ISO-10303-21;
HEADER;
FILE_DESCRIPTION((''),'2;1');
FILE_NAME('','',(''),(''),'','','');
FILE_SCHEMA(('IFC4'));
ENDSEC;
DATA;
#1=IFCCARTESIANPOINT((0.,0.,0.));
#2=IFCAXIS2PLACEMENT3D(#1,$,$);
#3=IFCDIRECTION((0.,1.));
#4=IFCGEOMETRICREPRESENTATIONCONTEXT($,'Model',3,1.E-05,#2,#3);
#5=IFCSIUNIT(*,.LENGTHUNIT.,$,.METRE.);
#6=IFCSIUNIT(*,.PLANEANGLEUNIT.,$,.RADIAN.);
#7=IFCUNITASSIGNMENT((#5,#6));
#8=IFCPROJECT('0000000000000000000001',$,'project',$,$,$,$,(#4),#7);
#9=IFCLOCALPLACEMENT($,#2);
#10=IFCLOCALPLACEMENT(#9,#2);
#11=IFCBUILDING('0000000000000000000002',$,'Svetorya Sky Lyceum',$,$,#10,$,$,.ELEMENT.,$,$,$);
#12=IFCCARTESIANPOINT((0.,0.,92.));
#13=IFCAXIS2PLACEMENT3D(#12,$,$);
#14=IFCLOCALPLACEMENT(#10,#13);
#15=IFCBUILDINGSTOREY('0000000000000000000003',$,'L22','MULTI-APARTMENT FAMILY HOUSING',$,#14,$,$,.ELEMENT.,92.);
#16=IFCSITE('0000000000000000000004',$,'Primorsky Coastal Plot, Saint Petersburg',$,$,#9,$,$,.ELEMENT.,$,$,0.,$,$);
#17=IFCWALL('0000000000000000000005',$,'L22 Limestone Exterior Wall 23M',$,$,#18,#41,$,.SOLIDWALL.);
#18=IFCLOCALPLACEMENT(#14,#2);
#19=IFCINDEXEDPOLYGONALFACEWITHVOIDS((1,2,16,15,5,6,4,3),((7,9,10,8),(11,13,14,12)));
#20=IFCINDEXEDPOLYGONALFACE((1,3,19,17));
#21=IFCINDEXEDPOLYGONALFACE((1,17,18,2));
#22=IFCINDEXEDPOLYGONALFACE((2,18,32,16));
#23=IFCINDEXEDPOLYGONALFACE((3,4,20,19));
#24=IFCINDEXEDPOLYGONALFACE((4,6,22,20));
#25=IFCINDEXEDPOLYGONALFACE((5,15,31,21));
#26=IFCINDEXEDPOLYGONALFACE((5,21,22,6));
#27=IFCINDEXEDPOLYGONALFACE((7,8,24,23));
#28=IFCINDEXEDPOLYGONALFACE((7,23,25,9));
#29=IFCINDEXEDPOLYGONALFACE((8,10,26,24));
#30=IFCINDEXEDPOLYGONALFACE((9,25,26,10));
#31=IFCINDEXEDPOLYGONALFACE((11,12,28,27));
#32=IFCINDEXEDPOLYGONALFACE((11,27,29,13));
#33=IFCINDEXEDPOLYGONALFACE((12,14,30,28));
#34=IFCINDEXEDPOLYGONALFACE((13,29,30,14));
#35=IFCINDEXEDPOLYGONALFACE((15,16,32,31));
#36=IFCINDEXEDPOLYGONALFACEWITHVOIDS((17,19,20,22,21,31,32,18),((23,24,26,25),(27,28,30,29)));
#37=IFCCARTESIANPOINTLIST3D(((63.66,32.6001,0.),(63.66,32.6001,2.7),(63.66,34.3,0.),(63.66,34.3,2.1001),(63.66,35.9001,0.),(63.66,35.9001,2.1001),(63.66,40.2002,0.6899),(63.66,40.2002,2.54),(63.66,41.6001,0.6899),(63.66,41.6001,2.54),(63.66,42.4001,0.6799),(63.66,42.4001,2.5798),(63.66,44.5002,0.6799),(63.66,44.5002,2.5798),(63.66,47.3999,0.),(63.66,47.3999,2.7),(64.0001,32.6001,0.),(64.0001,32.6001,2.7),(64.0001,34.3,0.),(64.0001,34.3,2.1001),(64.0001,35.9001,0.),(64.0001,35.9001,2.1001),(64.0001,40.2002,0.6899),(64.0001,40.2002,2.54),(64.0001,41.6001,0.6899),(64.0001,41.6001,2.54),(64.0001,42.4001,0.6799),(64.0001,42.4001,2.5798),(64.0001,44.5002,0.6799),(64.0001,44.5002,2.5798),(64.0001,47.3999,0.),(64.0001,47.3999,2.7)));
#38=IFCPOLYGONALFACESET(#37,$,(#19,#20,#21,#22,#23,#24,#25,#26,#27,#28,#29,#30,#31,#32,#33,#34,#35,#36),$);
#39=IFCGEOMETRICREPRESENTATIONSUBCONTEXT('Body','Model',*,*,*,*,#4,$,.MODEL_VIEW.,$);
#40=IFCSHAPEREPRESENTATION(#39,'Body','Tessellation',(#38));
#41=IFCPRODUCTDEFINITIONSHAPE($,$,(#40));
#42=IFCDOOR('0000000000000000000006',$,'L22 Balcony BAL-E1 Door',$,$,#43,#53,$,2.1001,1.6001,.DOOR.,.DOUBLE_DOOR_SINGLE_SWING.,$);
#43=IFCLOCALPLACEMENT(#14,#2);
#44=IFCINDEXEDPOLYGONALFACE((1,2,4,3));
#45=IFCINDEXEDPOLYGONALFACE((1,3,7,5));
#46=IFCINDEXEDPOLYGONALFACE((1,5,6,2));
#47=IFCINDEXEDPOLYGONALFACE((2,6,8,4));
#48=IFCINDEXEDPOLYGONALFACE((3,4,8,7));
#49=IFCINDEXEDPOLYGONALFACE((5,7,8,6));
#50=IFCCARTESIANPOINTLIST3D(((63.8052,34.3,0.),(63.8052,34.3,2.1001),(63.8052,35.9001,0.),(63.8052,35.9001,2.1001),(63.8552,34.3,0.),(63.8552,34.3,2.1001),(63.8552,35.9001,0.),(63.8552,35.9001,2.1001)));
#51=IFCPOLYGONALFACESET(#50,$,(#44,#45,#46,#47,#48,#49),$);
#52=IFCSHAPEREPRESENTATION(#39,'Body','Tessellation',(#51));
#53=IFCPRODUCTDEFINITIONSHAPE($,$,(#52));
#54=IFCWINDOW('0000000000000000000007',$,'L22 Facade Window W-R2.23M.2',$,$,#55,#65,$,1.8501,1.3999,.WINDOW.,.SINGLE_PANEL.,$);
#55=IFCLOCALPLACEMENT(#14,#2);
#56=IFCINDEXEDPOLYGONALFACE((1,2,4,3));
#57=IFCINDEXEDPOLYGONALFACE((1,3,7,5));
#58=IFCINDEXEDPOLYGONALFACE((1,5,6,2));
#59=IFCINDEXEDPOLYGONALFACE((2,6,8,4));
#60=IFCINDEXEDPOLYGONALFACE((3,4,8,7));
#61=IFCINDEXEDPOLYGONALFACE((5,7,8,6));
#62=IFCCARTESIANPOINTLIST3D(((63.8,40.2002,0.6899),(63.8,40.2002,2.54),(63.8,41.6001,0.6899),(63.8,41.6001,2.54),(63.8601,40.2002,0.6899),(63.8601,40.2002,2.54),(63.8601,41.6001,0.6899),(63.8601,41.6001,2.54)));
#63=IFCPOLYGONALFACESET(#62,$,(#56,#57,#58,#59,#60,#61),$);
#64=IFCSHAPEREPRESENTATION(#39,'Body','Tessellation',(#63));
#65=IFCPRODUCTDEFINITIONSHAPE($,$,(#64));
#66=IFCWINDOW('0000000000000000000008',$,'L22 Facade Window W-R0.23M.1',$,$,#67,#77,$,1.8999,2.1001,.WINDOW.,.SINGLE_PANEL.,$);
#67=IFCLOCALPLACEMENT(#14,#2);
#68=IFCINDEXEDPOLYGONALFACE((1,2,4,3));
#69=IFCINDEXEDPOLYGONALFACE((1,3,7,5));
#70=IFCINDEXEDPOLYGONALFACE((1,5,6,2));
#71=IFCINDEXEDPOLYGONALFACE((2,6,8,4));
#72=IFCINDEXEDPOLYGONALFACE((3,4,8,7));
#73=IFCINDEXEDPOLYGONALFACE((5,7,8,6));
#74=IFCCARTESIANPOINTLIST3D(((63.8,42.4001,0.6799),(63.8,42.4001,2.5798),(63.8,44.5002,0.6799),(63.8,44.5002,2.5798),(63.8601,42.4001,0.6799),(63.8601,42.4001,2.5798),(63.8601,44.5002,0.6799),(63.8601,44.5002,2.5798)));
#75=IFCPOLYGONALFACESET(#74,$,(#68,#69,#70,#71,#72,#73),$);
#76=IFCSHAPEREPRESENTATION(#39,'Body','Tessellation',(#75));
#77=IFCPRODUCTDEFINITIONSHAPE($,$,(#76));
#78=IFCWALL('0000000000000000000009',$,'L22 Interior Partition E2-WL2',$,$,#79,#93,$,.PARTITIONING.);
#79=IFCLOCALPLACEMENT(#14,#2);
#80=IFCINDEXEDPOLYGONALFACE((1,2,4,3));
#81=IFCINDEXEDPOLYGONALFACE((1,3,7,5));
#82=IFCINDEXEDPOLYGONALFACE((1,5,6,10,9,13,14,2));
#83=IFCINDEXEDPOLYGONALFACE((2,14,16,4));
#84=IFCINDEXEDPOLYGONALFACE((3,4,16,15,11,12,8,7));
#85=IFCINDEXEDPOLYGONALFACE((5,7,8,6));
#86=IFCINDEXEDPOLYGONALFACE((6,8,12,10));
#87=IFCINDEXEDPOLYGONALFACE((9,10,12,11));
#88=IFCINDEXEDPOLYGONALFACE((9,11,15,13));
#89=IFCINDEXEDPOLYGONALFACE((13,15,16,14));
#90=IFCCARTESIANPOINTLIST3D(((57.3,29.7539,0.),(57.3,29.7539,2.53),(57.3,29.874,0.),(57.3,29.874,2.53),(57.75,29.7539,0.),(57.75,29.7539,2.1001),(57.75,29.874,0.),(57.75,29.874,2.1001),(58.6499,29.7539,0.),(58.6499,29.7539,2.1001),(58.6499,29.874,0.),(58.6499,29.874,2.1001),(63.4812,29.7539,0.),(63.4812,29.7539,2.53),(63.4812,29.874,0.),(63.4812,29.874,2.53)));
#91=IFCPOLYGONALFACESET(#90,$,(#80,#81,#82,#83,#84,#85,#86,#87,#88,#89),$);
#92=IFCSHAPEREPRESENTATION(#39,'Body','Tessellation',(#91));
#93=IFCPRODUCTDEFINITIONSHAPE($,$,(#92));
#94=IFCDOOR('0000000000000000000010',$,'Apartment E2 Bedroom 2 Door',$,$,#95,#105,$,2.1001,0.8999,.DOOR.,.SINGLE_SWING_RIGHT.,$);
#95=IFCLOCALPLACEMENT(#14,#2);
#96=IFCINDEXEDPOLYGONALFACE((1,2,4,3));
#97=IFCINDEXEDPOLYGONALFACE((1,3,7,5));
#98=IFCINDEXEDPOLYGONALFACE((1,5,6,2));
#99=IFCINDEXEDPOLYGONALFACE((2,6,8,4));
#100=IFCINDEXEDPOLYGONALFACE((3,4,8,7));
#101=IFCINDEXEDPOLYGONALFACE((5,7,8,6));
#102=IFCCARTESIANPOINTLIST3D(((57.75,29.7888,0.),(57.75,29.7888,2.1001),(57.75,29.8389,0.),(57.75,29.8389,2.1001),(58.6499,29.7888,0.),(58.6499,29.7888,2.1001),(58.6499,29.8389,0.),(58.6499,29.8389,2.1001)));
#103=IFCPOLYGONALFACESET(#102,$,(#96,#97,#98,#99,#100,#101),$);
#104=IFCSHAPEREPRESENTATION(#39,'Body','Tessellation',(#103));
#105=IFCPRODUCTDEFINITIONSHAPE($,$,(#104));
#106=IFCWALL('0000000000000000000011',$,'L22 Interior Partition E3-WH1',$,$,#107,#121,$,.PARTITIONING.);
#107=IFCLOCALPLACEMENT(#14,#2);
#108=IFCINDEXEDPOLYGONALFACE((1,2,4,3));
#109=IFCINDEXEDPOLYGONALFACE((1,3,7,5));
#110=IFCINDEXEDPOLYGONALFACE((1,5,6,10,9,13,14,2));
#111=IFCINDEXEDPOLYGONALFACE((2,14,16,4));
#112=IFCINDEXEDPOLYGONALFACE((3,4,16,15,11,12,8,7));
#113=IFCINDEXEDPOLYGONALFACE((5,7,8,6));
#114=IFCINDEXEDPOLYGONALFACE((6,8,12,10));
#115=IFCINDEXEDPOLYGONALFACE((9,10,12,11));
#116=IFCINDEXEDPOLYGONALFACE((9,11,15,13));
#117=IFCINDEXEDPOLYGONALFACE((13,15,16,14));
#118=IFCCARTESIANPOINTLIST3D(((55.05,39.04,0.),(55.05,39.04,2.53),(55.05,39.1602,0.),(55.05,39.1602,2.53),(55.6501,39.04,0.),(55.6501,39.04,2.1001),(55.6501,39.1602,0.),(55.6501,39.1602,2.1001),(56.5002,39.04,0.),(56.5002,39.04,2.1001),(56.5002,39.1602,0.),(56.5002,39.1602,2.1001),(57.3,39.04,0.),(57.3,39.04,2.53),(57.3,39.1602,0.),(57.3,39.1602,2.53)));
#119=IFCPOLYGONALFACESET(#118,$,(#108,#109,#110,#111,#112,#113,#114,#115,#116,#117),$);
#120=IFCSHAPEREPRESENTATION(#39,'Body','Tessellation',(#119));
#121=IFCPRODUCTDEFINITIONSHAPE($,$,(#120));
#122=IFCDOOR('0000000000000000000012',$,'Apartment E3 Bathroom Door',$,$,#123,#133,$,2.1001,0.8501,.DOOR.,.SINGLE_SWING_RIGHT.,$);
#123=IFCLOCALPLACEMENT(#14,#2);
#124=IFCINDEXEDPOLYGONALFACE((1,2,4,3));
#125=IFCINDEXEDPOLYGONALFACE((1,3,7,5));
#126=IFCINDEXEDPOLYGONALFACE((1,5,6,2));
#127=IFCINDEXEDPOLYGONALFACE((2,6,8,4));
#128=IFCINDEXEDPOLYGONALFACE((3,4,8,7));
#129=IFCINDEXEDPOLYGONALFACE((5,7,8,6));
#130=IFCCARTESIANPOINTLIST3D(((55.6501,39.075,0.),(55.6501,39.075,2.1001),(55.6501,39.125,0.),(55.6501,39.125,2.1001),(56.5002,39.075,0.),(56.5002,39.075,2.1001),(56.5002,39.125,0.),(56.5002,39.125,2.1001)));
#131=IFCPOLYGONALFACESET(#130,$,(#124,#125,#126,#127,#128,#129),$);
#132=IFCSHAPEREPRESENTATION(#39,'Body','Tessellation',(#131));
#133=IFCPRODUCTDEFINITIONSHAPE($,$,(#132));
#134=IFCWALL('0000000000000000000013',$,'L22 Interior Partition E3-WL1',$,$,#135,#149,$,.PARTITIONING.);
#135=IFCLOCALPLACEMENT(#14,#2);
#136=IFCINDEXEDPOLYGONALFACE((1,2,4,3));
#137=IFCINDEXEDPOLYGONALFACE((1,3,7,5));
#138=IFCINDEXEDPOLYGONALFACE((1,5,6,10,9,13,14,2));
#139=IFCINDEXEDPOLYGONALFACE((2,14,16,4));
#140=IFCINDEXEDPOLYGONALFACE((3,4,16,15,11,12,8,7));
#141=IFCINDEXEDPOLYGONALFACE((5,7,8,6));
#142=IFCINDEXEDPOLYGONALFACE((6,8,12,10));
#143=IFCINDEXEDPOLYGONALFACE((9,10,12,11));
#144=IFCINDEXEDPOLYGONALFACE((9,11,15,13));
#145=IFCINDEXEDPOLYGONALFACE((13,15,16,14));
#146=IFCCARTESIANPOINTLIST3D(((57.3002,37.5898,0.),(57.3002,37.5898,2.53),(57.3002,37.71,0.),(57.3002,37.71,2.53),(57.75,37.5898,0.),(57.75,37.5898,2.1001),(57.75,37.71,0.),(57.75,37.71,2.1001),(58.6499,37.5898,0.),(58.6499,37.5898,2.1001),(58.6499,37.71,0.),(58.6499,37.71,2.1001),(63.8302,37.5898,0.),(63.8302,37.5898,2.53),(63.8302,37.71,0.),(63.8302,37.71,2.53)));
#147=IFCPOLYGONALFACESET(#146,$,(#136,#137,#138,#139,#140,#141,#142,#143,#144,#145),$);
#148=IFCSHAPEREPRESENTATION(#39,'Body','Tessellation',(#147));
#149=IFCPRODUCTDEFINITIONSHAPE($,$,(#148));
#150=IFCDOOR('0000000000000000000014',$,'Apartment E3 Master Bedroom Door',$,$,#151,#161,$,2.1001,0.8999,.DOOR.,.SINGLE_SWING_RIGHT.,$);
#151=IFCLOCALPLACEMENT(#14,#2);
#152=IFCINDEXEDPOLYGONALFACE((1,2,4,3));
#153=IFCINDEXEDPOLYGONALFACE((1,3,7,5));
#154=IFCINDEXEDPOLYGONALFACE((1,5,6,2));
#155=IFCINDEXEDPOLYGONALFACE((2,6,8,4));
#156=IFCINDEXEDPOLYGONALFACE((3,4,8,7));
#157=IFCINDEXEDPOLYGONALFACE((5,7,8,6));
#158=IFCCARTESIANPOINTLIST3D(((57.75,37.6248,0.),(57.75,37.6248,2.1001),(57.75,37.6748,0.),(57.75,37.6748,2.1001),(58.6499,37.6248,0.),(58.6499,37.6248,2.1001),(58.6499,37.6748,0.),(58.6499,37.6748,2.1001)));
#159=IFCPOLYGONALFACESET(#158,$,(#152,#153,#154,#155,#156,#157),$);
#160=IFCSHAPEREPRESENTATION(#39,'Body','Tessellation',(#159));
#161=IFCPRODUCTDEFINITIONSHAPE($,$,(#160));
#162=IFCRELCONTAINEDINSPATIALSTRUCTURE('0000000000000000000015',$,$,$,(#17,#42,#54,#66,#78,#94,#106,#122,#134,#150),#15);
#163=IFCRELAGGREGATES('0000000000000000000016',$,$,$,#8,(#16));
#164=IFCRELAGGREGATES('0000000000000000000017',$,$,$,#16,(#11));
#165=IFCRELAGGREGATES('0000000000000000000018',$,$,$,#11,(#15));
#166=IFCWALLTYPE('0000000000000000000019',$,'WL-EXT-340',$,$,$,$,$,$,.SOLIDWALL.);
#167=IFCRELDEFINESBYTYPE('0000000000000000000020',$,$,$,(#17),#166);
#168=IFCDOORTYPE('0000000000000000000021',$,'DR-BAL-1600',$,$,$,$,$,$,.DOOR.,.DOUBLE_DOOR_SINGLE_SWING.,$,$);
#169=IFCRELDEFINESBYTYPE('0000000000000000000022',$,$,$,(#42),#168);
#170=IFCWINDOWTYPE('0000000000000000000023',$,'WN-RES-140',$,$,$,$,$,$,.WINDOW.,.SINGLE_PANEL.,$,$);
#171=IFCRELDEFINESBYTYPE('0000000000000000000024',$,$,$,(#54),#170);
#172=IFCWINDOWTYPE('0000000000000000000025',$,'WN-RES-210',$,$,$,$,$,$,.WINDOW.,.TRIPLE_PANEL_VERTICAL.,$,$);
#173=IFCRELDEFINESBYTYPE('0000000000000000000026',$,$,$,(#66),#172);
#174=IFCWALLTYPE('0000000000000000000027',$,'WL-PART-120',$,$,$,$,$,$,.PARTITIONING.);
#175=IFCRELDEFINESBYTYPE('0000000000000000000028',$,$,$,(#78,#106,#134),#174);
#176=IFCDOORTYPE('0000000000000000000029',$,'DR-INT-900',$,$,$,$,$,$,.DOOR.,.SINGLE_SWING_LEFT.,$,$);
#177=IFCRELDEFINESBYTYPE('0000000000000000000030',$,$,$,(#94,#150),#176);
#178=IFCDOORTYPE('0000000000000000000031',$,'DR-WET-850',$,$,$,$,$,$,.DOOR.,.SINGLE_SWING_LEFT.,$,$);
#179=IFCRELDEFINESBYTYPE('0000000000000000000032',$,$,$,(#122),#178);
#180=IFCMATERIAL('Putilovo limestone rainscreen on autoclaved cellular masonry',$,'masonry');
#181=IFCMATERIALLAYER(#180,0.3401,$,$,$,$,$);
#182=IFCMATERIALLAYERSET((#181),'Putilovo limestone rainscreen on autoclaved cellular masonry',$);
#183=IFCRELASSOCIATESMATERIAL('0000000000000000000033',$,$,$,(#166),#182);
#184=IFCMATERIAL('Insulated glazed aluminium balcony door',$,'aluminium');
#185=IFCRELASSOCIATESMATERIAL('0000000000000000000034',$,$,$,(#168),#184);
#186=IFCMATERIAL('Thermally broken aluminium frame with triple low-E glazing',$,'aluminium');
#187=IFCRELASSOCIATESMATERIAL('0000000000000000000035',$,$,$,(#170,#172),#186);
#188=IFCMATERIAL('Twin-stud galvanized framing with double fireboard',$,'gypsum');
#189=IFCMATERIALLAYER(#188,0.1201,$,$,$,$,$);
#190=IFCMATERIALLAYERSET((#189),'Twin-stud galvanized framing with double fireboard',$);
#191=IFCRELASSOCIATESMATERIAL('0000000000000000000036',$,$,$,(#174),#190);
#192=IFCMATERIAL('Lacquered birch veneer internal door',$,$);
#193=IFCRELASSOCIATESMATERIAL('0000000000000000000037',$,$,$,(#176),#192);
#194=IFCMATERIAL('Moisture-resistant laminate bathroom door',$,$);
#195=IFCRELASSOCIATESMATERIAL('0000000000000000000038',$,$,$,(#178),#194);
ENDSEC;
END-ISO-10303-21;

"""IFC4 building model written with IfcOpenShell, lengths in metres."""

from ifc_helpers import new_model, si_unit, direction, frame, frame_2d, origin, place, context, subcontext, project, spatial, rectangle, extrude, material, layer, layer_set, type_object, element, fill, save


model = new_model("IFC4")

# Units and contexts
model_context = context("Model", 3, precision=1e-05, world=origin(), true_north=direction((0.0, 1.0)))
body_context = subcontext(model_context, "Body", "Model", "MODEL_VIEW")
ifc_project = project(units=[si_unit("LENGTHUNIT", "METRE"), si_unit("PLANEANGLEUNIT", "RADIAN")], contexts=[model_context])

# Site, building, storey
site_placement = place(None, origin())
site = spatial("IfcSite", under=ifc_project, at=site_placement, Name="Primorsky Coastal Plot, Saint Petersburg", CompositionType="ELEMENT", RefElevation=0.0)
building_placement = place(site_placement, origin())
building = spatial("IfcBuilding", under=site, at=building_placement, Name="Svetorya Sky Lyceum", CompositionType="ELEMENT")
storey_placement = place(building_placement, frame((0.0, 0.0, 92.0)))
storey = spatial("IfcBuildingStorey", under=building, at=storey_placement, Name="L22", Description="MULTI-APARTMENT FAMILY HOUSING", CompositionType="ELEMENT", Elevation=92.0)

# Shared definitions
ifc_material_1 = material(Name="Putilovo limestone rainscreen on autoclaved cellular masonry", Category="masonry")
ifc_layer_1 = layer(ifc_material_1, 0.3401)
ifc_layer_set_1 = layer_set([ifc_layer_1], Name="Putilovo limestone rainscreen on autoclaved cellular masonry")
wall_type_1 = type_object("IfcWallType", Name="WL-EXT-340", PredefinedType="SOLIDWALL", material=ifc_layer_set_1)

# Shared definitions
ifc_material_2 = material(Name="Thermally broken aluminium frame with triple low-E glazing", Category="aluminium")

# Wall, openings, door, windows
wall_1_placement = place(storey_placement, frame((63.8301, 32.6001, 0.0), z_axis=(0.0, 0.0, 1.0), x_axis=(0.0, 1.0, 0.0)))
wall_1 = element("IfcWall", 1, at=wall_1_placement, inside=storey, type_object=wall_type_1, Name="L22 Limestone Exterior Wall 23M", PredefinedType="SOLIDWALL", context=body_context, shape_type="SweptSolid", body=[
    extrude(rectangle(XDim=14.7998, YDim=0.3401, at=frame_2d((7.3999, 0.0))), origin(), (0.0, 0.0, 1.0), 2.7),
])
opening_1_placement = place(wall_1_placement, frame((1.7, 0.0, 0.0)))
opening_1 = element("IfcOpeningElement", 2, at=opening_1_placement, cuts=wall_1, PredefinedType="OPENING", context=body_context, shape_type="SweptSolid", body=[
    extrude(rectangle(XDim=1.6001, YDim=2.1001, at=frame_2d((0.8, 1.05))), frame((0.0, 0.1799, 0.0), z_axis=(0.0, -1.0, 0.0), x_axis=(1.0, 0.0, 0.0)), (0.0, 0.0, 1.0), 0.3601),
])
opening_2_placement = place(wall_1_placement, frame((7.6001, 0.0, 0.6899)))
opening_2 = element("IfcOpeningElement", 3, at=opening_2_placement, cuts=wall_1, PredefinedType="OPENING", context=body_context, shape_type="SweptSolid", body=[
    extrude(rectangle(XDim=1.3999, YDim=1.8501, at=frame_2d((0.7, 0.925))), frame((0.0, 0.1799, 0.0), z_axis=(0.0, -1.0, 0.0), x_axis=(1.0, 0.0, 0.0)), (0.0, 0.0, 1.0), 0.3601),
])
opening_3_placement = place(wall_1_placement, frame((9.8, 0.0, 0.6799)))
opening_3 = element("IfcOpeningElement", 4, at=opening_3_placement, cuts=wall_1, PredefinedType="OPENING", context=body_context, shape_type="SweptSolid", body=[
    extrude(rectangle(XDim=2.1001, YDim=1.8999, at=frame_2d((1.05, 0.95))), frame((0.0, 0.1799, 0.0), z_axis=(0.0, -1.0, 0.0), x_axis=(1.0, 0.0, 0.0)), (0.0, 0.0, 1.0), 0.3601),
])
ifc_material_3 = material(Name="Insulated glazed aluminium balcony door", Category="aluminium")
door_type_1 = type_object("IfcDoorType", Name="DR-BAL-1600", OperationType="DOUBLE_DOOR_SINGLE_SWING", PredefinedType="DOOR", material=ifc_material_3)
door_1_placement = place(opening_1_placement, origin())
door_1 = element("IfcDoor", 5, at=door_1_placement, inside=storey, type_object=door_type_1, Name="L22 Balcony BAL-E1 Door", OperationType="DOUBLE_DOOR_SINGLE_SWING", OverallHeight=2.1001, OverallWidth=1.6001, PredefinedType="DOOR", context=body_context, shape_type="SweptSolid", body=[
    extrude(rectangle(XDim=1.6001, YDim=2.1001, at=frame_2d((0.8, 1.05))), frame((0.0, 0.0249, 0.0), z_axis=(0.0, -1.0, 0.0), x_axis=(1.0, 0.0, 0.0)), (0.0, 0.0, 1.0), 0.05),
])
fill(opening_1, door_1)
window_type_1 = type_object("IfcWindowType", Name="WN-RES-140", PartitioningType="SINGLE_PANEL", PredefinedType="WINDOW", material=ifc_material_2)
window_1_placement = place(opening_2_placement, origin())
window_1 = element("IfcWindow", 6, at=window_1_placement, inside=storey, type_object=window_type_1, Name="L22 Facade Window W-R2.23M.2", OverallHeight=1.8501, OverallWidth=1.3999, PartitioningType="SINGLE_PANEL", PredefinedType="WINDOW", context=body_context, shape_type="SweptSolid", body=[
    extrude(rectangle(XDim=1.3999, YDim=1.8501, at=frame_2d((0.7, 0.925))), frame((0.0, 0.03, 0.0), z_axis=(0.0, -1.0, 0.0), x_axis=(1.0, 0.0, 0.0)), (0.0, 0.0, 1.0), 0.0601),
])
fill(opening_2, window_1)
window_type_2 = type_object("IfcWindowType", Name="WN-RES-210", PartitioningType="TRIPLE_PANEL_VERTICAL", PredefinedType="WINDOW", material=ifc_material_2)
window_2_placement = place(opening_3_placement, origin())
window_2 = element("IfcWindow", 7, at=window_2_placement, inside=storey, type_object=window_type_2, Name="L22 Facade Window W-R0.23M.1", OverallHeight=1.8999, OverallWidth=2.1001, PartitioningType="SINGLE_PANEL", PredefinedType="WINDOW", context=body_context, shape_type="SweptSolid", body=[
    extrude(rectangle(XDim=2.1001, YDim=1.8999, at=frame_2d((1.05, 0.95))), frame((0.0, 0.03, 0.0), z_axis=(0.0, -1.0, 0.0), x_axis=(1.0, 0.0, 0.0)), (0.0, 0.0, 1.0), 0.0601),
])
fill(opening_3, window_2)

# Walls, openings, doors
ifc_material_4 = material(Name="Twin-stud galvanized framing with double fireboard", Category="gypsum")
ifc_layer_2 = layer(ifc_material_4, 0.1201)
ifc_layer_set_2 = layer_set([ifc_layer_2], Name="Twin-stud galvanized framing with double fireboard")
wall_type_2 = type_object("IfcWallType", Name="WL-PART-120", PredefinedType="PARTITIONING", material=ifc_layer_set_2)
wall_2_placement = place(storey_placement, frame((57.3, 29.814, 0.0), z_axis=(0.0, 0.0, 1.0), x_axis=(1.0, 0.0, 0.0)))
wall_2 = element("IfcWall", 8, at=wall_2_placement, inside=storey, type_object=wall_type_2, Name="L22 Interior Partition E2-WL2", PredefinedType="PARTITIONING", context=body_context, shape_type="SweptSolid", body=[
    extrude(rectangle(XDim=6.1812, YDim=0.1201, at=frame_2d((3.0906, 0.0))), origin(), (0.0, 0.0, 1.0), 2.53),
])
opening_4_placement = place(wall_2_placement, frame((0.45, 0.0, 0.0)))
opening_4 = element("IfcOpeningElement", 9, at=opening_4_placement, cuts=wall_2, PredefinedType="OPENING", context=body_context, shape_type="SweptSolid", body=[
    extrude(rectangle(XDim=0.8999, YDim=2.1001, at=frame_2d((0.45, 1.05))), frame((0.0, 0.0701, 0.0), z_axis=(0.0, -1.0, 0.0), x_axis=(1.0, 0.0, 0.0)), (0.0, 0.0, 1.0), 0.1401),
])
ifc_material_5 = material(Name="Lacquered birch veneer internal door")
door_type_2 = type_object("IfcDoorType", Name="DR-INT-900", OperationType="SINGLE_SWING_LEFT", PredefinedType="DOOR", material=ifc_material_5)
door_2_placement = place(opening_4_placement, origin())
door_2 = element("IfcDoor", 10, at=door_2_placement, inside=storey, type_object=door_type_2, Name="Apartment E2 Bedroom 2 Door", OperationType="SINGLE_SWING_RIGHT", OverallHeight=2.1001, OverallWidth=0.8999, PredefinedType="DOOR", context=body_context, shape_type="SweptSolid", body=[
    extrude(rectangle(XDim=0.8999, YDim=2.1001, at=frame_2d((0.45, 1.05))), frame((0.0, 0.0249, 0.0), z_axis=(0.0, -1.0, 0.0), x_axis=(1.0, 0.0, 0.0)), (0.0, 0.0, 1.0), 0.05),
])
fill(opening_4, door_2)
wall_3_placement = place(storey_placement, frame((55.05, 39.1001, 0.0), z_axis=(0.0, 0.0, 1.0), x_axis=(1.0, 0.0, 0.0)))
wall_3 = element("IfcWall", 11, at=wall_3_placement, inside=storey, type_object=wall_type_2, Name="L22 Interior Partition E3-WH1", PredefinedType="PARTITIONING", context=body_context, shape_type="SweptSolid", body=[
    extrude(rectangle(XDim=2.25, YDim=0.1201, at=frame_2d((1.125, 0.0))), origin(), (0.0, 0.0, 1.0), 2.53),
])
opening_5_placement = place(wall_3_placement, frame((0.6001, 0.0, 0.0)))
opening_5 = element("IfcOpeningElement", 12, at=opening_5_placement, cuts=wall_3, PredefinedType="OPENING", context=body_context, shape_type="SweptSolid", body=[
    extrude(rectangle(XDim=0.8501, YDim=2.1001, at=frame_2d((0.425, 1.05))), frame((0.0, 0.0701, 0.0), z_axis=(0.0, -1.0, 0.0), x_axis=(1.0, 0.0, 0.0)), (0.0, 0.0, 1.0), 0.1401),
])
ifc_material_6 = material(Name="Moisture-resistant laminate bathroom door")
door_type_3 = type_object("IfcDoorType", Name="DR-WET-850", OperationType="SINGLE_SWING_LEFT", PredefinedType="DOOR", material=ifc_material_6)
door_3_placement = place(opening_5_placement, origin())
door_3 = element("IfcDoor", 13, at=door_3_placement, inside=storey, type_object=door_type_3, Name="Apartment E3 Bathroom Door", OperationType="SINGLE_SWING_RIGHT", OverallHeight=2.1001, OverallWidth=0.8501, PredefinedType="DOOR", context=body_context, shape_type="SweptSolid", body=[
    extrude(rectangle(XDim=0.8501, YDim=2.1001, at=frame_2d((0.425, 1.05))), frame((0.0, 0.0249, 0.0), z_axis=(0.0, -1.0, 0.0), x_axis=(1.0, 0.0, 0.0)), (0.0, 0.0, 1.0), 0.05),
])
fill(opening_5, door_3)
wall_4_placement = place(storey_placement, frame((57.3, 37.6499, 0.0), z_axis=(0.0, 0.0, 1.0), x_axis=(1.0, 0.0, 0.0)))
wall_4 = element("IfcWall", 14, at=wall_4_placement, inside=storey, type_object=wall_type_2, Name="L22 Interior Partition E3-WL1", PredefinedType="PARTITIONING", context=body_context, shape_type="SweptSolid", body=[
    extrude(rectangle(XDim=6.53, YDim=0.1201, at=frame_2d((3.2651, 0.0))), origin(), (0.0, 0.0, 1.0), 2.53),
])
opening_6_placement = place(wall_4_placement, frame((0.45, 0.0, 0.0)))
opening_6 = element("IfcOpeningElement", 15, at=opening_6_placement, cuts=wall_4, PredefinedType="OPENING", context=body_context, shape_type="SweptSolid", body=[
    extrude(rectangle(XDim=0.8999, YDim=2.1001, at=frame_2d((0.45, 1.05))), frame((0.0, 0.0701, 0.0), z_axis=(0.0, -1.0, 0.0), x_axis=(1.0, 0.0, 0.0)), (0.0, 0.0, 1.0), 0.1401),
])
door_4_placement = place(opening_6_placement, origin())
door_4 = element("IfcDoor", 16, at=door_4_placement, inside=storey, type_object=door_type_2, Name="Apartment E3 Master Bedroom Door", OperationType="SINGLE_SWING_RIGHT", OverallHeight=2.1001, OverallWidth=0.8999, PredefinedType="DOOR", context=body_context, shape_type="SweptSolid", body=[
    extrude(rectangle(XDim=0.8999, YDim=2.1001, at=frame_2d((0.45, 1.05))), frame((0.0, 0.0249, 0.0), z_axis=(0.0, -1.0, 0.0), x_axis=(1.0, 0.0, 0.0)), (0.0, 0.0, 1.0), 0.05),
])
fill(opening_6, door_4)

save(model, "model.ifc")
